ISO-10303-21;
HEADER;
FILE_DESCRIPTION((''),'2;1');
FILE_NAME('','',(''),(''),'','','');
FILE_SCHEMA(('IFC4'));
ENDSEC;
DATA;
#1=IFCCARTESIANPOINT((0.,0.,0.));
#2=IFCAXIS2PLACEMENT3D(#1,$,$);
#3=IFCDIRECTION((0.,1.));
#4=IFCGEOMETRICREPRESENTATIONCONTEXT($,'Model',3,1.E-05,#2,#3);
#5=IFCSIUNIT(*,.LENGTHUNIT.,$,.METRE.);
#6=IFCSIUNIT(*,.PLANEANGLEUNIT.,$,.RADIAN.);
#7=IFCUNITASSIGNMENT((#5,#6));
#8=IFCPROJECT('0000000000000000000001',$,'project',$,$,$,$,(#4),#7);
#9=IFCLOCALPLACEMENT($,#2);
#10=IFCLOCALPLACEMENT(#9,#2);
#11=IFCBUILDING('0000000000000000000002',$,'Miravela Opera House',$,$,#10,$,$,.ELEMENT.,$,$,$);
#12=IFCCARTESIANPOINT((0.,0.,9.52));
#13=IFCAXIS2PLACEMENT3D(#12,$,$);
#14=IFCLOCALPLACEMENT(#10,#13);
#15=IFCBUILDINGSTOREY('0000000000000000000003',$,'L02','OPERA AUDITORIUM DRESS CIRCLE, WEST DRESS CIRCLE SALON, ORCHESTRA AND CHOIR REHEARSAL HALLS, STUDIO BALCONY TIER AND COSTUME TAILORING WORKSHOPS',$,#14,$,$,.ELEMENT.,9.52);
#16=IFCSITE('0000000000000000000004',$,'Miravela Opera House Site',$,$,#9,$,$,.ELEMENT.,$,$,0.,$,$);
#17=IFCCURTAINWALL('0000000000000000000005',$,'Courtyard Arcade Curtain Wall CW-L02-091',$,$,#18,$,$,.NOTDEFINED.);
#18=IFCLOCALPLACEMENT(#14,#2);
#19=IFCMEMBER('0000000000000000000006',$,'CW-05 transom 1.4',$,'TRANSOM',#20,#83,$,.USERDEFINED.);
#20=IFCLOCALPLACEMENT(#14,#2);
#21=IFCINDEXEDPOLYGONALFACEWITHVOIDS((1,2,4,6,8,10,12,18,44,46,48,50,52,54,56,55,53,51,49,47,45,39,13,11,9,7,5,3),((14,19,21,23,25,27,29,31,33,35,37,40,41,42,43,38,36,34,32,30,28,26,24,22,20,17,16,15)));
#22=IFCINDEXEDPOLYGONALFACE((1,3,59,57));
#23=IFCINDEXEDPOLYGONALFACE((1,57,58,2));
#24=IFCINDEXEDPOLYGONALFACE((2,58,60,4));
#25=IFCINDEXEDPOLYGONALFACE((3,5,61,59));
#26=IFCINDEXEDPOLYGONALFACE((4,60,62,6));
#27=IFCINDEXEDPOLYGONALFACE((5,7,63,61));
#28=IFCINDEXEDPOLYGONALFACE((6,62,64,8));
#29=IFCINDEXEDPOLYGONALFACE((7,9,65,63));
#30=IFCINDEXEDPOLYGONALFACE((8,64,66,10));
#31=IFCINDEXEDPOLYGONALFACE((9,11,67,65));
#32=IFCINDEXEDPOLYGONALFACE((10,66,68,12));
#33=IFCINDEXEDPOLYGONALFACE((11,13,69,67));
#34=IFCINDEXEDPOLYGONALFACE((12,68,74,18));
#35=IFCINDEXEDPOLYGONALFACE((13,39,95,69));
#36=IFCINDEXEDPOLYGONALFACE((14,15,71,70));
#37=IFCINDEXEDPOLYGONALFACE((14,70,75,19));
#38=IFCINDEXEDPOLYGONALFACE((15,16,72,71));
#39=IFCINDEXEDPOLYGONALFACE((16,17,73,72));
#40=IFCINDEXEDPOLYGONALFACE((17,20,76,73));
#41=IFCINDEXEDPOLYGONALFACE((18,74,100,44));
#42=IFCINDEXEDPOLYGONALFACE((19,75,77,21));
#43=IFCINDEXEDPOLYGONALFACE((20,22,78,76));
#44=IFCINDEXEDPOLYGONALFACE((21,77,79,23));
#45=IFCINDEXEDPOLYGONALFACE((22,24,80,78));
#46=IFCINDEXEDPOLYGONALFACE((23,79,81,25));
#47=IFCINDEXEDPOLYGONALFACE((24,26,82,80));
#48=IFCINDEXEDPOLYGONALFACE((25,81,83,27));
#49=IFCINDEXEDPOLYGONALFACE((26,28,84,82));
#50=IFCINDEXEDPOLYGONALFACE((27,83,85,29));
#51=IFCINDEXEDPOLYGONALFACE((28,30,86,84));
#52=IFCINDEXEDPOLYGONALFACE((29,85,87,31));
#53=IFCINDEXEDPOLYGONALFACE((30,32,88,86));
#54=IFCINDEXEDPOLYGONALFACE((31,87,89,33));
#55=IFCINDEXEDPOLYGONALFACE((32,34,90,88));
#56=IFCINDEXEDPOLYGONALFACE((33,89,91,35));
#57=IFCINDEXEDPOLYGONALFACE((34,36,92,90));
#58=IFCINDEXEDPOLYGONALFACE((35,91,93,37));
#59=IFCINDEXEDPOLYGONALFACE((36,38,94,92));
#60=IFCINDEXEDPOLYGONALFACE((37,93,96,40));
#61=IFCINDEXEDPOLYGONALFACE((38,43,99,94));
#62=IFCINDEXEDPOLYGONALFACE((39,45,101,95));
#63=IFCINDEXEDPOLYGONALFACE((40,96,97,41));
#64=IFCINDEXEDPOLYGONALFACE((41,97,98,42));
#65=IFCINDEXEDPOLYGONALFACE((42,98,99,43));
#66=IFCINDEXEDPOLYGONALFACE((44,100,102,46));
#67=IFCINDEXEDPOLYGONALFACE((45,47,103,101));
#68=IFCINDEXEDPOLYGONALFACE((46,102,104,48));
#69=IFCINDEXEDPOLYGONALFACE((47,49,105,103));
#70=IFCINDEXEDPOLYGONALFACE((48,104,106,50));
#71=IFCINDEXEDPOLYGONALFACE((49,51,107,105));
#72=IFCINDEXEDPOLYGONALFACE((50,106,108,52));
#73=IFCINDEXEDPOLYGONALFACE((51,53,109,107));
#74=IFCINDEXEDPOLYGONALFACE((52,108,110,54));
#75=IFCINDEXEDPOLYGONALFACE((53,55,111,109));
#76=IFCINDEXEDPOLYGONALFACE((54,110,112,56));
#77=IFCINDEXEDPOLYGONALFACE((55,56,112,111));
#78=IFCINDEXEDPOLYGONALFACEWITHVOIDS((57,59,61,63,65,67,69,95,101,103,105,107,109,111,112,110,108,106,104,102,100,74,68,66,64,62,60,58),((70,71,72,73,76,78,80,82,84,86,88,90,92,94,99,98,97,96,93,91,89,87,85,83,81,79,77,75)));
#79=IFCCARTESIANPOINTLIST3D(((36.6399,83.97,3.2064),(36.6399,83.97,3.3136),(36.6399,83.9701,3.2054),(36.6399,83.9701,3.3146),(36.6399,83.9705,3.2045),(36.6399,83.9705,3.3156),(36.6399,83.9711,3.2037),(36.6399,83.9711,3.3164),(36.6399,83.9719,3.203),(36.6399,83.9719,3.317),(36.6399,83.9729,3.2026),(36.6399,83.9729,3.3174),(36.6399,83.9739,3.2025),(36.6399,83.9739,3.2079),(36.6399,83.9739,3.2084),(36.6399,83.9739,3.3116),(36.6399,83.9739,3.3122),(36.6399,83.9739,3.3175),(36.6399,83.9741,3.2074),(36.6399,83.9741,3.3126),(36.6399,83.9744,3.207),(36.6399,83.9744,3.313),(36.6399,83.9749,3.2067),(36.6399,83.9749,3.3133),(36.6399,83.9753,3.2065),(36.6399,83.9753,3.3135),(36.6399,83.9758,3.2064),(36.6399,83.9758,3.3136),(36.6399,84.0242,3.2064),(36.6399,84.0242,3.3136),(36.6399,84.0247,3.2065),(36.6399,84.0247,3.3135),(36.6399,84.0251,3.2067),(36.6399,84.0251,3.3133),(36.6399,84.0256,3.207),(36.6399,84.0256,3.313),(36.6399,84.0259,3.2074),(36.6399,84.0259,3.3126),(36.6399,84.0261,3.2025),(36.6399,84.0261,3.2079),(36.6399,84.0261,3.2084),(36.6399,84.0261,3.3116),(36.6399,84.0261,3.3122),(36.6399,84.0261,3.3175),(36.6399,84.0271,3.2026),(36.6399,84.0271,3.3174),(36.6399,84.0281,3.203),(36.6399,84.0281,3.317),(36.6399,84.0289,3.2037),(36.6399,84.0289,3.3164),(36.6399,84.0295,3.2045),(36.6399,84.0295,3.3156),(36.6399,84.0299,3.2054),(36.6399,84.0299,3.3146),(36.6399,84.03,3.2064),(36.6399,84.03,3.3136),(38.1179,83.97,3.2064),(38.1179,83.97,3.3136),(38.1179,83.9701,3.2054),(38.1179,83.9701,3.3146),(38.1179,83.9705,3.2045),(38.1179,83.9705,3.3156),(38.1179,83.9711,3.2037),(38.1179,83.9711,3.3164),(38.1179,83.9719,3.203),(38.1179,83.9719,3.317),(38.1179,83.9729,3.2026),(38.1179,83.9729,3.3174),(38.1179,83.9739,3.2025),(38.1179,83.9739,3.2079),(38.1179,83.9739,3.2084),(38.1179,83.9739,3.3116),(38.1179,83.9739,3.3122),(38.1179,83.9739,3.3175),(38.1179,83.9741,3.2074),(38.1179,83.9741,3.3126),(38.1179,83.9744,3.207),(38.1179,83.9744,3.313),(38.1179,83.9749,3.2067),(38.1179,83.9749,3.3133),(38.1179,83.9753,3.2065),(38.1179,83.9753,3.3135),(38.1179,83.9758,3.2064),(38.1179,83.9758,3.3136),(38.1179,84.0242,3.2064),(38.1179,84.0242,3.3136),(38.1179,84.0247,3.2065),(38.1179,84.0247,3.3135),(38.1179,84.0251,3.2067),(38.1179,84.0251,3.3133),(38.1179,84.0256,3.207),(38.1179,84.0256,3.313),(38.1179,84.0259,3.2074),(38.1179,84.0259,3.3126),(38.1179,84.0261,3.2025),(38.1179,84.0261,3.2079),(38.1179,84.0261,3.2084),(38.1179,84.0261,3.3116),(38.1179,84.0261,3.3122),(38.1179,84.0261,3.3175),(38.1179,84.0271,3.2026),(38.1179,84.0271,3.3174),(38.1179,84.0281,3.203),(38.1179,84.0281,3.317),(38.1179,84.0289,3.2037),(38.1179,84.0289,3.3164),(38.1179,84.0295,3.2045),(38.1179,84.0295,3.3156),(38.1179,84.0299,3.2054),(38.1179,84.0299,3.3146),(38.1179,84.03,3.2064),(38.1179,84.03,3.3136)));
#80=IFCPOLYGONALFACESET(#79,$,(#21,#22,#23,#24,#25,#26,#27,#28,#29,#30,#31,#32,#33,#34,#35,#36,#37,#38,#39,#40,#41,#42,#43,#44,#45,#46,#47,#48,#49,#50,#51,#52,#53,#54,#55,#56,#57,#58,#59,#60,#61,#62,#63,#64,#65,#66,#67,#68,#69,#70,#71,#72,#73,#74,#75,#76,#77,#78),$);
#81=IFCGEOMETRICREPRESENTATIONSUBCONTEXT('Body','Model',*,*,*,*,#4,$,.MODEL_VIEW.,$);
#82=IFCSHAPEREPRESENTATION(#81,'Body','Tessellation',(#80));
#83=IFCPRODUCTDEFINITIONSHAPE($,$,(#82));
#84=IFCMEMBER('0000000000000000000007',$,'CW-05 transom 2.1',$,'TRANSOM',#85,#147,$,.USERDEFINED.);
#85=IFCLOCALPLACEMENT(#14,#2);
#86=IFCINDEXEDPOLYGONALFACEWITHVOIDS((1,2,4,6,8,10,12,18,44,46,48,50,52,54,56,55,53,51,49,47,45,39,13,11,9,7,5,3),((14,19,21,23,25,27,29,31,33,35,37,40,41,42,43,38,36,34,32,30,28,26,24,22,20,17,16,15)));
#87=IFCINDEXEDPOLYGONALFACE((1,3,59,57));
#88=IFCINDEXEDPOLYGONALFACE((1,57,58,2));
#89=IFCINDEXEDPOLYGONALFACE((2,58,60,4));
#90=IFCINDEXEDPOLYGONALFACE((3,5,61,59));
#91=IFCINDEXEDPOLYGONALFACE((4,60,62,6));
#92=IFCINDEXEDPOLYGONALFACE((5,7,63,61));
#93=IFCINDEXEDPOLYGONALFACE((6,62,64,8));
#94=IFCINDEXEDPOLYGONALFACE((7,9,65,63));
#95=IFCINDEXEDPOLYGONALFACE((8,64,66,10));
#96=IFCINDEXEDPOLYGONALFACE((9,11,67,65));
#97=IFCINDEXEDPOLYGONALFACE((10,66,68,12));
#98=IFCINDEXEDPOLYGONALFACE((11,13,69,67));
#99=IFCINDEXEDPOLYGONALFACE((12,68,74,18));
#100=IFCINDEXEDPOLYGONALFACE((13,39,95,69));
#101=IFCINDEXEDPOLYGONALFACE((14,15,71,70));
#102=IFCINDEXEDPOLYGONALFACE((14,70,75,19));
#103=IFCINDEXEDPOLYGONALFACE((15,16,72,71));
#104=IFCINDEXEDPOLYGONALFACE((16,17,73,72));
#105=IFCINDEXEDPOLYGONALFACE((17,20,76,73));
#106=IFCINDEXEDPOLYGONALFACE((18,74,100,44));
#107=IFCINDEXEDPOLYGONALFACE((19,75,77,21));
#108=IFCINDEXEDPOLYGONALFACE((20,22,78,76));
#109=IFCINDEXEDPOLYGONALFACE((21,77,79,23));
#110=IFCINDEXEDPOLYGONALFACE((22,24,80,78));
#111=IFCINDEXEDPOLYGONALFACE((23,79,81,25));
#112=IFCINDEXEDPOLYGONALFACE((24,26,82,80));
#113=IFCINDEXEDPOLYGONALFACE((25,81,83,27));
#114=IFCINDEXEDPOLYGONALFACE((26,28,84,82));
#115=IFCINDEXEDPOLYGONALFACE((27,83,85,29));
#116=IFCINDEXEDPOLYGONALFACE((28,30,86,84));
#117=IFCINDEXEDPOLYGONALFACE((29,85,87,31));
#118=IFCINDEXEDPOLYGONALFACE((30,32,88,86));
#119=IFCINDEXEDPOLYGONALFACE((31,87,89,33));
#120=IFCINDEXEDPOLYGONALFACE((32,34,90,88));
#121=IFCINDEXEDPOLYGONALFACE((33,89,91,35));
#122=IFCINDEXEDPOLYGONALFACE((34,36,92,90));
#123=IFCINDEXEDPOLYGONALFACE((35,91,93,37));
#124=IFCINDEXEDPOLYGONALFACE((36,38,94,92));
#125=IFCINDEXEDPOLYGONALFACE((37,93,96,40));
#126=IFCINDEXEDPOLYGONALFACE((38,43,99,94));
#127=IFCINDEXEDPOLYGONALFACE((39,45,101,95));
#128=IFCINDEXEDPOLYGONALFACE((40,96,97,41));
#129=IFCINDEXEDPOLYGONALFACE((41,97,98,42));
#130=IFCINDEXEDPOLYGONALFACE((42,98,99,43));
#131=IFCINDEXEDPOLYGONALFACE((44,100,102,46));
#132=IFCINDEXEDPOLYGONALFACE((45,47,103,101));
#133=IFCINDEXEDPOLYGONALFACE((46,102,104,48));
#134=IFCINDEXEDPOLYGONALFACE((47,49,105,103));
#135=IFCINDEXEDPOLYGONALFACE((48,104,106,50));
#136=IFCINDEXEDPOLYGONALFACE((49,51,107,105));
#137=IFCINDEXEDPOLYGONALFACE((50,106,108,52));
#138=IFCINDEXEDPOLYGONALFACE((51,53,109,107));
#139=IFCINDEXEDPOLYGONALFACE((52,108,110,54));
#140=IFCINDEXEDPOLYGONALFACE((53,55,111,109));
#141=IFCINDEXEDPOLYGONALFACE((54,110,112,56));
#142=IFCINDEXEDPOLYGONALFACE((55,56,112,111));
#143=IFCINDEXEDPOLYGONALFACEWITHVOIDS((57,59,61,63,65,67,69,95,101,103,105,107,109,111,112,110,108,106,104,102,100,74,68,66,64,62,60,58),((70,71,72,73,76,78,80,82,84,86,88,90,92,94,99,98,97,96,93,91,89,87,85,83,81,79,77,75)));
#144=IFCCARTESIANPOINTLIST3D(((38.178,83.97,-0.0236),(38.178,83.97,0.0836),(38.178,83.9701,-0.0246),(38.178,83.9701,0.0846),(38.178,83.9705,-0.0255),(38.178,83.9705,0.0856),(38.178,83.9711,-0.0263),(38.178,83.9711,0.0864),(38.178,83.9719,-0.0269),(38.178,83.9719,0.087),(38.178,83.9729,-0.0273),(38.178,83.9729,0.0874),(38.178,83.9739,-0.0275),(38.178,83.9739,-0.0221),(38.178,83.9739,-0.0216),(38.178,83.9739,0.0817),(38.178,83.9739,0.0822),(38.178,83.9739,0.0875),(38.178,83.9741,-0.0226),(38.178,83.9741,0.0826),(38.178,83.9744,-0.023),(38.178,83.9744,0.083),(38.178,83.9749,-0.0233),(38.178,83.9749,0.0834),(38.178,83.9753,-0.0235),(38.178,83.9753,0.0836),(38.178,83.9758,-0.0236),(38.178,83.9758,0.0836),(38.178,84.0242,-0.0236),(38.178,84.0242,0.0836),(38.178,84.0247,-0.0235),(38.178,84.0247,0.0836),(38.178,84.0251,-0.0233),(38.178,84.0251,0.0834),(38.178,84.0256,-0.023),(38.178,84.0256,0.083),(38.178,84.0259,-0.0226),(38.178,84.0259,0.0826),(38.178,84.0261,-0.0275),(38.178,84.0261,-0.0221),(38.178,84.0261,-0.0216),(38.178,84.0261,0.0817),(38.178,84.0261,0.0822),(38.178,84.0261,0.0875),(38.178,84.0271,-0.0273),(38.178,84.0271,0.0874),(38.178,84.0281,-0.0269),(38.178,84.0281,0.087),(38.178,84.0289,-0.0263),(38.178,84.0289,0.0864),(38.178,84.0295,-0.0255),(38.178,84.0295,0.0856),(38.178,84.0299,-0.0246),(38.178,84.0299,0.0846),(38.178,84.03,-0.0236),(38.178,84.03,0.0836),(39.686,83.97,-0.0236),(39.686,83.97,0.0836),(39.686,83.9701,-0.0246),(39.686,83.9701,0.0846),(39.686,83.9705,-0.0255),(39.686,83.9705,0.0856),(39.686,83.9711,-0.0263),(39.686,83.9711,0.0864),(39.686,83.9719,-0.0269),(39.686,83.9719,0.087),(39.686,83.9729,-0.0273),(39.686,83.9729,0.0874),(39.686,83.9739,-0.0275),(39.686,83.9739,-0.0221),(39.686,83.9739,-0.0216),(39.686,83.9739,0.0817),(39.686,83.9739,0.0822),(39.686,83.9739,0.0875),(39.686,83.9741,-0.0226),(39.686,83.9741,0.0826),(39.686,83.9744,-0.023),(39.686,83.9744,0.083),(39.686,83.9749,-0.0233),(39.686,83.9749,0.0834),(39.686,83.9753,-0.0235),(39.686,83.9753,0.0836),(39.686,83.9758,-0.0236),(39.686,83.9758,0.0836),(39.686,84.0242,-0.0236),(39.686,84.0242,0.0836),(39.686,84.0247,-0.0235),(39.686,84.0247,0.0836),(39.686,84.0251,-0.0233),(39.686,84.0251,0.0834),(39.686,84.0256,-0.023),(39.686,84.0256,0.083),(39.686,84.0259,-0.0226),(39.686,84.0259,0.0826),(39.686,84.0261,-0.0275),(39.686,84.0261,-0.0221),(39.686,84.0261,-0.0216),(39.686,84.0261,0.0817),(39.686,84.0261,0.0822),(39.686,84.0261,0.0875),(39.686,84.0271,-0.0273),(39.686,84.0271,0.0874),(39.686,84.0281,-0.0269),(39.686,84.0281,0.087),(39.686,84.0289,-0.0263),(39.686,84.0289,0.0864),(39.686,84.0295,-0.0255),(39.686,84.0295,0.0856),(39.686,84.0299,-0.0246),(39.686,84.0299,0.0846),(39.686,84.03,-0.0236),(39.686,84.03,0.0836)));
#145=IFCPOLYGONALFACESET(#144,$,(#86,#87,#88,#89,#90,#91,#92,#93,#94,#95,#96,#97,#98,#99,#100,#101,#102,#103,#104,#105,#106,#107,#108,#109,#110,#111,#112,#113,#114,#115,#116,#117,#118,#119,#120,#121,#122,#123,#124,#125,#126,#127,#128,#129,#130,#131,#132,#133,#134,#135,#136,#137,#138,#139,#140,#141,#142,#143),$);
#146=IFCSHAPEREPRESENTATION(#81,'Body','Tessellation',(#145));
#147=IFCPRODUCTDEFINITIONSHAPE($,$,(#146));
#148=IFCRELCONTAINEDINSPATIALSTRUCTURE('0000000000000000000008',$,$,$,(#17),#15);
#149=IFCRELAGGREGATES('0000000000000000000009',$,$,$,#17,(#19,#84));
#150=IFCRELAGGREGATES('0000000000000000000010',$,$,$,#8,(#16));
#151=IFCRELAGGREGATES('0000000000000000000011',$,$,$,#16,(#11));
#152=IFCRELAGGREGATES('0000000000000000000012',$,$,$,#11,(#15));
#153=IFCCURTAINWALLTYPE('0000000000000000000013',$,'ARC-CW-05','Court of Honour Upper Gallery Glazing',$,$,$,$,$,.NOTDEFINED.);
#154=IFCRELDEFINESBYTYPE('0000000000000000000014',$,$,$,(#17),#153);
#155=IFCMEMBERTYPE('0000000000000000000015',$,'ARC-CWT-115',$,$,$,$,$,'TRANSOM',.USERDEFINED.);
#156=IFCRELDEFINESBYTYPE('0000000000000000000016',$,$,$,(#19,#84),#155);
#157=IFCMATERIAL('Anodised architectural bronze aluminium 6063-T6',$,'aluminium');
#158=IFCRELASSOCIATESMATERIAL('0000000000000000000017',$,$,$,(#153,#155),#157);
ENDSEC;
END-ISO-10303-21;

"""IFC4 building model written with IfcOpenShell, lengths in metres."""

from ifc_helpers import new_model, si_unit, direction, frame, origin, origin_2d, place, context, subcontext, project, spatial, hollow_rectangle, extrude, material, material_profile, profile_set, type_object, element, aggregate, save


model = new_model("IFC4")

# Units and contexts
model_context = context("Model", 3, precision=1e-05, world=origin(), true_north=direction((0.0, 1.0)))
body_context = subcontext(model_context, "Body", "Model", "MODEL_VIEW")
ifc_project = project(units=[si_unit("LENGTHUNIT", "METRE"), si_unit("PLANEANGLEUNIT", "RADIAN")], contexts=[model_context])

# Site, building, storey
site_placement = place(None, origin())
site = spatial("IfcSite", under=ifc_project, at=site_placement, Name="Miravela Opera House Site", CompositionType="ELEMENT", RefElevation=0.0)
building_placement = place(site_placement, origin())
building = spatial("IfcBuilding", under=site, at=building_placement, Name="Miravela Opera House", CompositionType="ELEMENT")
storey_placement = place(building_placement, frame((0.0, 0.0, 9.52)))
storey = spatial("IfcBuildingStorey", under=building, at=storey_placement, Name="L02", Description="OPERA AUDITORIUM DRESS CIRCLE, WEST DRESS CIRCLE SALON, ORCHESTRA AND CHOIR REHEARSAL HALLS, STUDIO BALCONY TIER AND COSTUME TAILORING WORKSHOPS", CompositionType="ELEMENT", Elevation=9.52)

# Shared definitions
ifc_material_1 = material(Name="Anodised architectural bronze aluminium 6063-T6", Category="aluminium")
curtain_wall_type = type_object("IfcCurtainWallType", Name="ARC-CW-05", Description="Court of Honour Upper Gallery Glazing", PredefinedType="NOTDEFINED", material=ifc_material_1)

# Curtain wall
curtain_wall_1_placement = place(storey_placement, origin())
curtain_wall_1 = element("IfcCurtainWall", 1, at=curtain_wall_1_placement, inside=storey, type_object=curtain_wall_type, Name="Courtyard Arcade Curtain Wall CW-L02-091", PredefinedType="NOTDEFINED")

# Members
ifc_material_profile_1 = material_profile(ifc_material_1, hollow_rectangle(XDim=0.0601, YDim=0.115, WallThickness=0.0039, InnerFilletRadius=0.002, OuterFilletRadius=0.0039, at=origin_2d()), Name="CWT-60X115")
ifc_profile_set_1 = profile_set([ifc_material_profile_1])
member_type_1 = type_object("IfcMemberType", Name="ARC-CWT-115", ElementType="TRANSOM", PredefinedType="USERDEFINED", material=ifc_profile_set_1)
member_1_placement = place(storey_placement, frame((36.6399, 84.0, 3.26), z_axis=(1.0, 0.0, 0.0), x_axis=(0.0, 1.0, 0.0)))
member_1 = element("IfcMember", 2, at=member_1_placement, type_object=member_type_1, Name="CW-05 transom 1.4", ObjectType="TRANSOM", PredefinedType="USERDEFINED", context=body_context, shape_type="SweptSolid", body=[
    extrude(hollow_rectangle(XDim=0.0601, YDim=0.115, WallThickness=0.0039, InnerFilletRadius=0.002, OuterFilletRadius=0.0039, at=origin_2d()), origin(), (0.0, 0.0, 1.0), 1.478),
])
member_2_placement = place(storey_placement, frame((38.178, 84.0, 0.03), z_axis=(1.0, 0.0, 0.0), x_axis=(0.0, 1.0, 0.0)))
member_2 = element("IfcMember", 3, at=member_2_placement, type_object=member_type_1, Name="CW-05 transom 2.1", ObjectType="TRANSOM", PredefinedType="USERDEFINED", context=body_context, shape_type="SweptSolid", body=[
    extrude(hollow_rectangle(XDim=0.0601, YDim=0.115, WallThickness=0.0039, InnerFilletRadius=0.002, OuterFilletRadius=0.0039, at=origin_2d()), origin(), (0.0, 0.0, 1.0), 1.5081),
])

aggregate(curtain_wall_1, [member_1, member_2])

save(model, "model.ifc")
